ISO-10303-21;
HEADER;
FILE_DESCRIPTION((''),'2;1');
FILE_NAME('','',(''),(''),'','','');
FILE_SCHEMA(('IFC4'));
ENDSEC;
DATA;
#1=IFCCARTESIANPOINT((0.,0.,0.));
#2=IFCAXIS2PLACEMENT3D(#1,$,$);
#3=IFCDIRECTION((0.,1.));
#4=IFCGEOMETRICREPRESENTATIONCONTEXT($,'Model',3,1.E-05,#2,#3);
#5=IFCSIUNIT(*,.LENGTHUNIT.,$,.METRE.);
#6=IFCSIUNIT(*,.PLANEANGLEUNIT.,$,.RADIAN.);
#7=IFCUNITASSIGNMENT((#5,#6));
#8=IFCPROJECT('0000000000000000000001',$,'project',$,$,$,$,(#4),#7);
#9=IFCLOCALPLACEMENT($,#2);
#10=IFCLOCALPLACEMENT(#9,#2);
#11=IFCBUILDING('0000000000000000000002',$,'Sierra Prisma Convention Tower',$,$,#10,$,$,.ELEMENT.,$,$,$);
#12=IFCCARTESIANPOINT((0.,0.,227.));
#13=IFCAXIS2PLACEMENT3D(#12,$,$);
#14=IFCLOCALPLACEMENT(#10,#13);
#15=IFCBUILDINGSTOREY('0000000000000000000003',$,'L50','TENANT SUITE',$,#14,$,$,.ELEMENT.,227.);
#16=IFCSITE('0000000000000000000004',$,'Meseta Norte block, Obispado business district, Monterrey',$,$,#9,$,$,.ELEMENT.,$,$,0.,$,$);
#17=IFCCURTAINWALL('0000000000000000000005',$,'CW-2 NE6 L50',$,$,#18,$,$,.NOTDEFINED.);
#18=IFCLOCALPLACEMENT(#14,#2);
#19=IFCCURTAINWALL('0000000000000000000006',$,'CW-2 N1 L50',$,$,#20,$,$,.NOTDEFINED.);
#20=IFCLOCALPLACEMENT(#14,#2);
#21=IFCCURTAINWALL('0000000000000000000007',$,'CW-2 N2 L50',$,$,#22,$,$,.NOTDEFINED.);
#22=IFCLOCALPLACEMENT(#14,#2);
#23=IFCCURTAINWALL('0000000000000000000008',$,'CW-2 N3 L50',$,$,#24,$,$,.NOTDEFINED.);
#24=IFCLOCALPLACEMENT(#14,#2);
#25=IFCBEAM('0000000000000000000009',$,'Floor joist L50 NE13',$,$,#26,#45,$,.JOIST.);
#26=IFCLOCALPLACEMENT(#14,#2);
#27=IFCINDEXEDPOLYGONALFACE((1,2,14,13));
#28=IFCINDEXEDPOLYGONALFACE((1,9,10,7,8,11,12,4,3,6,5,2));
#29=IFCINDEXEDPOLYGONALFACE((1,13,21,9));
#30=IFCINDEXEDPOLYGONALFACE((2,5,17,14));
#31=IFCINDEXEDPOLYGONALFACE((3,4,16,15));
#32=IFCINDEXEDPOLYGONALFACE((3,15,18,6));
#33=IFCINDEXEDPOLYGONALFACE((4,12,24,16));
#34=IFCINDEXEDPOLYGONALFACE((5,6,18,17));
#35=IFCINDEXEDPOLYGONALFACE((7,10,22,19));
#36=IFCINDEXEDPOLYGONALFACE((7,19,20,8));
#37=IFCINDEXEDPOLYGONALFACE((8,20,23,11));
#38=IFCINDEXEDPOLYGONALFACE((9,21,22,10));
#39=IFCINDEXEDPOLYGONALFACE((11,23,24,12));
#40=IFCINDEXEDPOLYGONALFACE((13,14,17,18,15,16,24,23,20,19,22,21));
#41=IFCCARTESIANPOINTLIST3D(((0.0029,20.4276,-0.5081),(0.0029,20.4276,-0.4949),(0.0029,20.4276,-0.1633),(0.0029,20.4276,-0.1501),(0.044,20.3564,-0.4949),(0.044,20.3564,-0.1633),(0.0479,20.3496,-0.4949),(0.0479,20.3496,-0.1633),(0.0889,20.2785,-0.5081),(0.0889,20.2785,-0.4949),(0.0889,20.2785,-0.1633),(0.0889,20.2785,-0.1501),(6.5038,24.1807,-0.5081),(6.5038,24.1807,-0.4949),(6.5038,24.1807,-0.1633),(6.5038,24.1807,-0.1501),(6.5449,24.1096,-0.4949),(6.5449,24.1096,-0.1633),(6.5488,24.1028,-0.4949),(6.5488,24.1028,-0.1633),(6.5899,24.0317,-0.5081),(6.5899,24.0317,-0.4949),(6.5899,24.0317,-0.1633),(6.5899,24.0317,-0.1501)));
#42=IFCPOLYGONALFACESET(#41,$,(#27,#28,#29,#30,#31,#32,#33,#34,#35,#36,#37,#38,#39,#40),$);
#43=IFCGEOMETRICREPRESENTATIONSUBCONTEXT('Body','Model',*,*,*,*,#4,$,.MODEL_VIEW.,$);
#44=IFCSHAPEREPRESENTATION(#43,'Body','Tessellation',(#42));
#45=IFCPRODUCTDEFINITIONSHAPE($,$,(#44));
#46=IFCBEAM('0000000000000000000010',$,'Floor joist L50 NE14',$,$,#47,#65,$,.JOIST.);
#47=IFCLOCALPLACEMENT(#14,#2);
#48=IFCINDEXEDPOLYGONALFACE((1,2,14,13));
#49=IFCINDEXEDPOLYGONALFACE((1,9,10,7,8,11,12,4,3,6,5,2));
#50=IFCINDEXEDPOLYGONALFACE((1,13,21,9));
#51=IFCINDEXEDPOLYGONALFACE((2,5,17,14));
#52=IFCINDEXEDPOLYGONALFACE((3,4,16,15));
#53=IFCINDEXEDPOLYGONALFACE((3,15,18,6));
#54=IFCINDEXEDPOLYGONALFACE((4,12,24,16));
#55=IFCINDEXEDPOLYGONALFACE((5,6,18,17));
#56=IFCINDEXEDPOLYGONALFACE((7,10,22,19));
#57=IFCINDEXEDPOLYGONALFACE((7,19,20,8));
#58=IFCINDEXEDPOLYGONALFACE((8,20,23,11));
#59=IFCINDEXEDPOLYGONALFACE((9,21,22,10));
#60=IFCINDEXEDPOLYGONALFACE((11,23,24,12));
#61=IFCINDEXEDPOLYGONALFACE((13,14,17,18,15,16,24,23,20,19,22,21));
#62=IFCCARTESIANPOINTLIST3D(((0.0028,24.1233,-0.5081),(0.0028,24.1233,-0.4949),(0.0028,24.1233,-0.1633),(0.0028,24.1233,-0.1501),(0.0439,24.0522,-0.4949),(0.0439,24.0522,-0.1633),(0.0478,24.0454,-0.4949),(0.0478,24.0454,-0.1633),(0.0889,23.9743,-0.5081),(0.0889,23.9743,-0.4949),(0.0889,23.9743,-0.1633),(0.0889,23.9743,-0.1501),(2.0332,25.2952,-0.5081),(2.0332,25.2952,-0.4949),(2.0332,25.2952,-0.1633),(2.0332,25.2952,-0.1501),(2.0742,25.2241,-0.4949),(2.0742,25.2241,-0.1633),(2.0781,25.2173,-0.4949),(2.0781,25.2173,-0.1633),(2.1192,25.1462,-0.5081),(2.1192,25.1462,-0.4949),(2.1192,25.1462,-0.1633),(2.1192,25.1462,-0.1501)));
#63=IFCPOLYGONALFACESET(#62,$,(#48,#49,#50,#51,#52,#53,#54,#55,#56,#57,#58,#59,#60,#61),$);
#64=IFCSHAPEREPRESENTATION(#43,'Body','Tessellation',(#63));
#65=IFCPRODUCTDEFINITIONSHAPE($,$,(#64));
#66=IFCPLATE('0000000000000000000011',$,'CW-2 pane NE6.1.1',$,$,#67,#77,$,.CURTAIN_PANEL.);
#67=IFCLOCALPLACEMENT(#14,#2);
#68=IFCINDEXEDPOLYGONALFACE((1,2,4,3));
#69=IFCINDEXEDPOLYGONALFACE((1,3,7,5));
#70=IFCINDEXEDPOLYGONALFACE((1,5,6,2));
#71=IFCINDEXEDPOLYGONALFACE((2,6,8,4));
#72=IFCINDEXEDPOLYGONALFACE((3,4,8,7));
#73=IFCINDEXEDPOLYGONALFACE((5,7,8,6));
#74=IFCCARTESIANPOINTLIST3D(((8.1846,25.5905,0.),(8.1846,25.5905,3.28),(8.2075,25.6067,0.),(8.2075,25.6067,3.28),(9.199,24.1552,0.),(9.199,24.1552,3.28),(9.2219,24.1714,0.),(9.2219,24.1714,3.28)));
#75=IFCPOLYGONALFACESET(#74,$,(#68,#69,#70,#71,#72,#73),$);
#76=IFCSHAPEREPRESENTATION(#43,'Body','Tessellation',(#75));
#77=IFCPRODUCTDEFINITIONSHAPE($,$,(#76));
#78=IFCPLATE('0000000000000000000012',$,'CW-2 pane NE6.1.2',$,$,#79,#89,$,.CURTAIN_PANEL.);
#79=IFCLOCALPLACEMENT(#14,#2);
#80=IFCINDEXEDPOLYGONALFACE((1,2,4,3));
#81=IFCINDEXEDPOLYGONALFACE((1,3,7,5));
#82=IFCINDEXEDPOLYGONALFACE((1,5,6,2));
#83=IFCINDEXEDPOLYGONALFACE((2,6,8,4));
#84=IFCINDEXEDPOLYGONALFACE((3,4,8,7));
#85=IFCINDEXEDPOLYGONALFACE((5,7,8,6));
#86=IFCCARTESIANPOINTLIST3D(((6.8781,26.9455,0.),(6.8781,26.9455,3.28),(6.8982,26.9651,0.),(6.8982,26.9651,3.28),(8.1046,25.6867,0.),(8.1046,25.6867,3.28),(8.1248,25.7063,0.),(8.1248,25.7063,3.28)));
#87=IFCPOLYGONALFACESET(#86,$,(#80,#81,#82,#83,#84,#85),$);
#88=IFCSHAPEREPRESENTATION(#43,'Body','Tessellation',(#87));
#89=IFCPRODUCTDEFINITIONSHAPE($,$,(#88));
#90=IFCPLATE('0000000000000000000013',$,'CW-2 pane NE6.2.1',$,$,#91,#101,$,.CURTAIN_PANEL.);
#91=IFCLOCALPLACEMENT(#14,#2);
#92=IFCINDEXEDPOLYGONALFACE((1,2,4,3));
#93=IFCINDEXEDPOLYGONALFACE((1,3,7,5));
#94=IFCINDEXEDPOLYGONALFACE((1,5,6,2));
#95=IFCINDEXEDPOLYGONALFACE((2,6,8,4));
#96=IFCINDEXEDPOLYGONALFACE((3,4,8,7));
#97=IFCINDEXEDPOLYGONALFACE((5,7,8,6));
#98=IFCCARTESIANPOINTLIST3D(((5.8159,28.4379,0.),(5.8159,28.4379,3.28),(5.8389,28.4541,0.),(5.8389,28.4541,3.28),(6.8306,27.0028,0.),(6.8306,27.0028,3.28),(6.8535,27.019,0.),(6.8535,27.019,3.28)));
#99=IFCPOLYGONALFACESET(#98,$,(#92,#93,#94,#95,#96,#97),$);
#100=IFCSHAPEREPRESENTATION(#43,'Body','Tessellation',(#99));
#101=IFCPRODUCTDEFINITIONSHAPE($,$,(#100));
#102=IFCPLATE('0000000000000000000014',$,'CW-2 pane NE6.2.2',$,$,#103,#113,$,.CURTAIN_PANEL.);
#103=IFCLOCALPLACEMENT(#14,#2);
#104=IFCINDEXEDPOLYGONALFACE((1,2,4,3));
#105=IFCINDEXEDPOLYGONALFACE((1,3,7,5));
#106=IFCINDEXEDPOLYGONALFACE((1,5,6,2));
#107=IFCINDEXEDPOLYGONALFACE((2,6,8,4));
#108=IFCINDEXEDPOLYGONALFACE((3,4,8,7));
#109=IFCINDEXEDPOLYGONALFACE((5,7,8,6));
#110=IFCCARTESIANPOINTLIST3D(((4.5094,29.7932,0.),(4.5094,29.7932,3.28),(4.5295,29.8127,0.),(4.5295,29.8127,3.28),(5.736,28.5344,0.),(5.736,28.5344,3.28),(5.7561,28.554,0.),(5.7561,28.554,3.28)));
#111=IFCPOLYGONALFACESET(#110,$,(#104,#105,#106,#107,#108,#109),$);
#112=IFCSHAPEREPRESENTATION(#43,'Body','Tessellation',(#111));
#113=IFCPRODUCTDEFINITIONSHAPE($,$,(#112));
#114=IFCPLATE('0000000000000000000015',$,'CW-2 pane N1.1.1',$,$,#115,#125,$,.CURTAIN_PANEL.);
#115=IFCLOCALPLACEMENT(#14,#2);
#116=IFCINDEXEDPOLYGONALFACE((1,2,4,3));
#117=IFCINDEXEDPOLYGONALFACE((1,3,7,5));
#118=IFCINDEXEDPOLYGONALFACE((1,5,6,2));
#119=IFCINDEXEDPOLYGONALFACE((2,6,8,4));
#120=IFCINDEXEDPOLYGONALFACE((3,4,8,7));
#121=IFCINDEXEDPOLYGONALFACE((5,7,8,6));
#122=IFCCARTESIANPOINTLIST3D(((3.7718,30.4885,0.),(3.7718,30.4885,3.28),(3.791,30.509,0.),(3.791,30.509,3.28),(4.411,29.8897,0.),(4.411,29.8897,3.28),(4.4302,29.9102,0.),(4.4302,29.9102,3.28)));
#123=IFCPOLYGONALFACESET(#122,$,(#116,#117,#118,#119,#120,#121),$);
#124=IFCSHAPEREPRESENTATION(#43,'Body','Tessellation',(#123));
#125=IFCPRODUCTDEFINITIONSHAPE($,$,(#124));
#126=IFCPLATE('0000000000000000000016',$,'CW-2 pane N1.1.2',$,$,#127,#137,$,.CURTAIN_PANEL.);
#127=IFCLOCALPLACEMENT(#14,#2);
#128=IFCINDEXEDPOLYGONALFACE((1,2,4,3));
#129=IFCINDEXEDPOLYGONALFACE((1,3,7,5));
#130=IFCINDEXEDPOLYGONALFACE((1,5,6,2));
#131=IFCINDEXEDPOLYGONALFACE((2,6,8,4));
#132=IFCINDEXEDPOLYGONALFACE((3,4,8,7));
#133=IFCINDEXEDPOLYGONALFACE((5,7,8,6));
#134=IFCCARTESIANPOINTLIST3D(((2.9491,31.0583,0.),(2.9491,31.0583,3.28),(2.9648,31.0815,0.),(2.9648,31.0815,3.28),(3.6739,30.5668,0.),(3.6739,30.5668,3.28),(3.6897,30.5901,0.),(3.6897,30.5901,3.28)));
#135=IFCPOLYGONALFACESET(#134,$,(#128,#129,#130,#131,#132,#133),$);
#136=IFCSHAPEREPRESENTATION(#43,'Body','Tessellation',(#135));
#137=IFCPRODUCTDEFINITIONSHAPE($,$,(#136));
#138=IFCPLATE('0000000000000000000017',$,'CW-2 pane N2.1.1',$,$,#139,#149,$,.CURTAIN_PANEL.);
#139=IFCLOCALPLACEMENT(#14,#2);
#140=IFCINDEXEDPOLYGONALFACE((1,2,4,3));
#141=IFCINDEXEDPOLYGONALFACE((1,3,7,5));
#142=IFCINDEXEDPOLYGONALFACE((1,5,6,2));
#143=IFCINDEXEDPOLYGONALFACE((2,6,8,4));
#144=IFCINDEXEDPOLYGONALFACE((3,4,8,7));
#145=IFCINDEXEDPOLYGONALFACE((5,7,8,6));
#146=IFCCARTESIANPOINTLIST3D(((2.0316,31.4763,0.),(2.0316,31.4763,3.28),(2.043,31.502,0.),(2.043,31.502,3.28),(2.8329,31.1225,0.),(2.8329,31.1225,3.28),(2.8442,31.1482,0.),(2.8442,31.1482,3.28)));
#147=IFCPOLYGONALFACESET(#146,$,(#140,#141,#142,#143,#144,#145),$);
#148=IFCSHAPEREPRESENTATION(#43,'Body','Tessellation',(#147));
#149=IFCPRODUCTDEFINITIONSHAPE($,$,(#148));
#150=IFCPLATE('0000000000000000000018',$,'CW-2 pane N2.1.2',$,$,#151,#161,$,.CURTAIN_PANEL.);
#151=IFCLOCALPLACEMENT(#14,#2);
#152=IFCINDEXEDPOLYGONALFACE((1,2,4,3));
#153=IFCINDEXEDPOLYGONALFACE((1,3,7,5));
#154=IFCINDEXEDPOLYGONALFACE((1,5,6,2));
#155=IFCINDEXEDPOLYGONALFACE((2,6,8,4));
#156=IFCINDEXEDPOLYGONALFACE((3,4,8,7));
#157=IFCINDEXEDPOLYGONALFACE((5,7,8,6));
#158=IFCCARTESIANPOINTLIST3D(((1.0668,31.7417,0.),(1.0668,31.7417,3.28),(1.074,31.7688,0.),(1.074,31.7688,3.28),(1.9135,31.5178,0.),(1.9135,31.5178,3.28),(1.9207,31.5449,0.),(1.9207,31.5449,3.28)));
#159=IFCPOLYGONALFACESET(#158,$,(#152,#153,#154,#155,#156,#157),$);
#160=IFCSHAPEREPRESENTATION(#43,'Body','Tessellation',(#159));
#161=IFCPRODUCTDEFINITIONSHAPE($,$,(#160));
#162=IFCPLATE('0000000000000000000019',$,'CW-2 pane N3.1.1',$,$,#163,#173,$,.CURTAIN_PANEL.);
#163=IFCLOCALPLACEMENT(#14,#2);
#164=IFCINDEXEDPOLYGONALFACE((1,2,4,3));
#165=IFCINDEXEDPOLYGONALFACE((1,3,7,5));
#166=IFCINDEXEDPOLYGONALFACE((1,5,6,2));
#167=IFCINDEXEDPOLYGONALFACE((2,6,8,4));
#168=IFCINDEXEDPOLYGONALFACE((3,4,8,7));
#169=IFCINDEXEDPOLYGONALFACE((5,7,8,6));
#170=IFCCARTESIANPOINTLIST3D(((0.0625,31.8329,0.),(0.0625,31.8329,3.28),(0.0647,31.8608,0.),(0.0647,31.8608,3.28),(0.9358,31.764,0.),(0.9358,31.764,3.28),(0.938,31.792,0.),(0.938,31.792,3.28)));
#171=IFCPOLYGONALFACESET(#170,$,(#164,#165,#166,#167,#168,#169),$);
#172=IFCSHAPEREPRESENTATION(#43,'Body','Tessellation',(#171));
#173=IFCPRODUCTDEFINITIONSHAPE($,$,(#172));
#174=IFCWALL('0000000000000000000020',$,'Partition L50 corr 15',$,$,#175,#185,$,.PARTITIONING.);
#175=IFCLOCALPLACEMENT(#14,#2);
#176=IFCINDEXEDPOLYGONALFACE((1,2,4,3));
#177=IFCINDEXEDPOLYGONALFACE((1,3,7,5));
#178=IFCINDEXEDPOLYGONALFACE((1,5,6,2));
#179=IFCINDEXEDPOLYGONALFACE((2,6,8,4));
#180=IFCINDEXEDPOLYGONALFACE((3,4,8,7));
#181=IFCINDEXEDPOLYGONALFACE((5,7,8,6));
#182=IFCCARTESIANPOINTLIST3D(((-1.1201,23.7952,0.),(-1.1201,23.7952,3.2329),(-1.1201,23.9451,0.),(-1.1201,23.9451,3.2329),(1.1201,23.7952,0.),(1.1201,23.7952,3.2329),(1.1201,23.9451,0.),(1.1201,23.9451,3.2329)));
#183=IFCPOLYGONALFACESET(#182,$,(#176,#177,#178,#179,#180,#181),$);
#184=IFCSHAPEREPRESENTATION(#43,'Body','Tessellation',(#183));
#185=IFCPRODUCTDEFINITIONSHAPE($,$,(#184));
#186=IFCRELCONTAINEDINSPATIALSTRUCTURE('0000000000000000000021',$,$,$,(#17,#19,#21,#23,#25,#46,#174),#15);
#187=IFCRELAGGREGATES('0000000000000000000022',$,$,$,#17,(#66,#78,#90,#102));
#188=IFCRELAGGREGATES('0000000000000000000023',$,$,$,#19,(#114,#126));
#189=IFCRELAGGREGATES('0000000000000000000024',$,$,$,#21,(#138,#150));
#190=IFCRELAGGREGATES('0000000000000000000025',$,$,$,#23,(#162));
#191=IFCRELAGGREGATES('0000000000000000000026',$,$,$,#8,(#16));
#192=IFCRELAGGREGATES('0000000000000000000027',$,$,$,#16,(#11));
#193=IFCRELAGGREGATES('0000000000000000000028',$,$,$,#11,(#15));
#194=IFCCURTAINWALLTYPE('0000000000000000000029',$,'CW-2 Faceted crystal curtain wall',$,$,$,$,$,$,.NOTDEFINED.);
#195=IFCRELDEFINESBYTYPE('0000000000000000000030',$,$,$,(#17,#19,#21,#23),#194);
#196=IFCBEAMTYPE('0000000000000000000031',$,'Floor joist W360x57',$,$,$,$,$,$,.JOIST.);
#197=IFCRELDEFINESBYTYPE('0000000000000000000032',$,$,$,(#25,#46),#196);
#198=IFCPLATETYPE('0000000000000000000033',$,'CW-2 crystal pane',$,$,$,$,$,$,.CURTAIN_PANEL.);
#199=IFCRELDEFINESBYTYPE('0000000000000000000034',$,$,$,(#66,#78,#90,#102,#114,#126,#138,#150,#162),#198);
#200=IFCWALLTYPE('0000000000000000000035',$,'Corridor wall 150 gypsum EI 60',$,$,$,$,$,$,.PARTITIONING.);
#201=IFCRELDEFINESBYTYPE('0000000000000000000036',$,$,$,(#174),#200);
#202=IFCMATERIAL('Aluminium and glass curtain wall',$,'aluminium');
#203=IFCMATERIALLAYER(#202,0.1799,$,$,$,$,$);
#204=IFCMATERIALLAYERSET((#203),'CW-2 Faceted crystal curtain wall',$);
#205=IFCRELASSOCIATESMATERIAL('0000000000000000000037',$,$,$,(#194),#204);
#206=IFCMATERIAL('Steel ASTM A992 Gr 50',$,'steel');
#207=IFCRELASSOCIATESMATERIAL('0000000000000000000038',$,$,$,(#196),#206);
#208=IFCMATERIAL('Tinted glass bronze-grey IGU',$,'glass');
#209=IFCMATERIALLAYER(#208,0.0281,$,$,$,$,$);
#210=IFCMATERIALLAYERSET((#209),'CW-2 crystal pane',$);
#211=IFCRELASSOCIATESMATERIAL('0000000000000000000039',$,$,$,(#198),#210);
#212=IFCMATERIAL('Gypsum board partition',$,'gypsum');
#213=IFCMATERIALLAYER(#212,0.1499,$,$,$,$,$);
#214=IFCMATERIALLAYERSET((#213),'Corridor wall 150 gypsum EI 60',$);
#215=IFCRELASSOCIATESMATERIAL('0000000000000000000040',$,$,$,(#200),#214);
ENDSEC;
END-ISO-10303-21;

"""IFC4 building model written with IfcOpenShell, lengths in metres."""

from ifc_helpers import new_model, si_unit, direction, frame, frame_2d, origin, origin_2d, place, context, subcontext, project, spatial, polyline, rectangle, i_section, outline, extrude, material, layer, layer_set, material_profile, profile_set, type_object, element, aggregate, save


model = new_model("IFC4")

# Units and contexts
model_context = context("Model", 3, precision=1e-05, world=origin(), true_north=direction((0.0, 1.0)))
body_context = subcontext(model_context, "Body", "Model", "MODEL_VIEW")
ifc_project = project(units=[si_unit("LENGTHUNIT", "METRE"), si_unit("PLANEANGLEUNIT", "RADIAN")], contexts=[model_context])

# Site, building, storey
site_placement = place(None, origin())
site = spatial("IfcSite", under=ifc_project, at=site_placement, Name="Meseta Norte block, Obispado business district, Monterrey", CompositionType="ELEMENT", RefElevation=0.0)
building_placement = place(site_placement, origin())
building = spatial("IfcBuilding", under=site, at=building_placement, Name="Sierra Prisma Convention Tower", CompositionType="ELEMENT")
storey_placement = place(building_placement, frame((0.0, 0.0, 227.0)))
storey = spatial("IfcBuildingStorey", under=building, at=storey_placement, Name="L50", Description="TENANT SUITE", CompositionType="ELEMENT", Elevation=227.0)

# Curtain wall
ifc_material_1 = material(Name="Aluminium and glass curtain wall", Category="aluminium")
ifc_layer_1 = layer(ifc_material_1, 0.1799)
ifc_layer_set_1 = layer_set([ifc_layer_1], Name="CW-2 Faceted crystal curtain wall")
curtain_wall_type = type_object("IfcCurtainWallType", Name="CW-2 Faceted crystal curtain wall", PredefinedType="NOTDEFINED", material=ifc_layer_set_1)
curtain_wall_1_placement = place(storey_placement, origin())
curtain_wall_1 = element("IfcCurtainWall", 1, at=curtain_wall_1_placement, inside=storey, type_object=curtain_wall_type, Name="CW-2 NE6 L50", PredefinedType="NOTDEFINED")

# Curtain walls
curtain_wall_2_placement = place(storey_placement, origin())
curtain_wall_2 = element("IfcCurtainWall", 2, at=curtain_wall_2_placement, inside=storey, type_object=curtain_wall_type, Name="CW-2 N1 L50", PredefinedType="NOTDEFINED")
curtain_wall_3_placement = place(storey_placement, origin())
curtain_wall_3 = element("IfcCurtainWall", 3, at=curtain_wall_3_placement, inside=storey, type_object=curtain_wall_type, Name="CW-2 N2 L50", PredefinedType="NOTDEFINED")

# Curtain wall
curtain_wall_4_placement = place(storey_placement, origin())
curtain_wall_4 = element("IfcCurtainWall", 4, at=curtain_wall_4_placement, inside=storey, type_object=curtain_wall_type, Name="CW-2 N3 L50", PredefinedType="NOTDEFINED")

# Beams
ifc_material_2 = material(Name="Steel ASTM A992 Gr 50", Category="steel")
ifc_material_profile_1 = material_profile(ifc_material_2, i_section(OverallWidth=0.1721, OverallDepth=0.3579, WebThickness=0.0078, FlangeThickness=0.0132, at=origin_2d()), Name="W360x57")
ifc_profile_set_1 = profile_set([ifc_material_profile_1], Name="Steel ASTM A992 Gr 50")
beam_type = type_object("IfcBeamType", Name="Floor joist W360x57", PredefinedType="JOIST", material=ifc_profile_set_1)
beam_1_placement = place(storey_placement, frame((6.5469, 24.1062, -0.3291), z_axis=(-0.866035, -0.499983, 0.0), x_axis=(0.499983, -0.866035, 0.0)))
element("IfcBeam", 5, at=beam_1_placement, inside=storey, type_object=beam_type, Name="Floor joist L50 NE13", PredefinedType="JOIST", context=body_context, shape_type="SweptSolid", body=[
    extrude(i_section(OverallWidth=0.1721, OverallDepth=0.3579, WebThickness=0.0078, FlangeThickness=0.0132, at=origin_2d()), origin(), (0.0, 0.0, 1.0), 7.5066),
])
beam_2_placement = place(storey_placement, frame((2.0762, 25.2207, -0.3291), z_axis=(-0.866082, -0.499903, 0.0), x_axis=(0.499903, -0.866082, 0.0)))
element("IfcBeam", 6, at=beam_2_placement, inside=storey, type_object=beam_type, Name="Floor joist L50 NE14", PredefinedType="JOIST", context=body_context, shape_type="SweptSolid", body=[
    extrude(i_section(OverallWidth=0.1721, OverallDepth=0.3579, WebThickness=0.0078, FlangeThickness=0.0132, at=origin_2d()), origin(), (0.0, 0.0, 1.0), 2.3442),
])

# Plates
ifc_material_3 = material(Name="Tinted glass bronze-grey IGU", Category="glass")
ifc_layer_2 = layer(ifc_material_3, 0.0281)
ifc_layer_set_2 = layer_set([ifc_layer_2], Name="CW-2 crystal pane")
plate_type = type_object("IfcPlateType", Name="CW-2 crystal pane", PredefinedType="CURTAIN_PANEL", material=ifc_layer_set_2)
plate_1_placement = place(storey_placement, frame((9.2219, 24.1714, 0.0), z_axis=(0.816633, 0.577158, 0.0), x_axis=(-0.577158, 0.816633, 0.0)))
plate_1 = element("IfcPlate", 7, at=plate_1_placement, type_object=plate_type, Name="CW-2 pane NE6.1.1", PredefinedType="CURTAIN_PANEL", context=body_context, shape_type="SweptSolid", body=[
    extrude(outline(polyline([(0.0, 0.0), (1.7576, 0.0), (1.7576, 3.28), (0.0, 3.28), (0.0, 0.0)])), origin(), (0.0, 0.0, -1.0), 0.0281),
])
plate_2_placement = place(storey_placement, frame((6.8982, 26.9651, 0.0), z_axis=(0.716215, 0.697879, 0.0), x_axis=(0.697879, -0.716215, 0.0)))
plate_2 = element("IfcPlate", 8, at=plate_2_placement, type_object=plate_type, Name="CW-2 pane NE6.1.2", PredefinedType="CURTAIN_PANEL", context=body_context, shape_type="SweptSolid", body=[
    extrude(outline(polyline([(0.0, 0.0), (1.7576, 0.0), (1.7576, -3.28), (0.0, -3.28), (0.0, 0.0)])), origin(), (0.0, 0.0, -1.0), 0.0281),
])
plate_3_placement = place(storey_placement, frame((6.8535, 27.019, 0.0), z_axis=(0.816521, 0.577316, 0.0), x_axis=(-0.577316, 0.816521, 0.0)))
plate_3 = element("IfcPlate", 9, at=plate_3_placement, type_object=plate_type, Name="CW-2 pane NE6.2.1", PredefinedType="CURTAIN_PANEL", context=body_context, shape_type="SweptSolid", body=[
    extrude(outline(polyline([(0.0, 0.0), (1.7575, 0.0), (1.7575, 3.28), (0.0, 3.28), (0.0, 0.0)])), origin(), (0.0, 0.0, -1.0), 0.0281),
])
plate_4_placement = place(storey_placement, frame((4.5295, 29.8127, 0.0), z_axis=(0.716215, 0.697879, 0.0), x_axis=(0.697879, -0.716215, 0.0)))
plate_4 = element("IfcPlate", 10, at=plate_4_placement, type_object=plate_type, Name="CW-2 pane NE6.2.2", PredefinedType="CURTAIN_PANEL", context=body_context, shape_type="SweptSolid", body=[
    extrude(outline(polyline([(0.0, 0.0), (1.7576, 0.0), (1.7576, -3.28), (0.0, -3.28), (0.0, 0.0)])), origin(), (0.0, 0.0, -1.0), 0.0281),
])
aggregate(curtain_wall_1, [plate_1, plate_2, plate_3, plate_4])
plate_5_placement = place(storey_placement, frame((4.4302, 29.9102, 0.0), z_axis=(0.683737, 0.729728, 0.0), x_axis=(-0.729728, 0.683737, 0.0)))
plate_5 = element("IfcPlate", 11, at=plate_5_placement, type_object=plate_type, Name="CW-2 pane N1.1.1", PredefinedType="CURTAIN_PANEL", context=body_context, shape_type="SweptSolid", body=[
    extrude(outline(polyline([(0.0, 0.0), (0.8759, 0.0), (0.8759, 3.28), (0.0, 3.28), (0.0, 0.0)])), origin(), (0.0, 0.0, -1.0), 0.0281),
])
plate_6_placement = place(storey_placement, frame((2.9648, 31.0815, 0.0), z_axis=(0.561181, 0.827693, 0.0), x_axis=(0.827693, -0.561181, 0.0)))
plate_6 = element("IfcPlate", 12, at=plate_6_placement, type_object=plate_type, Name="CW-2 pane N1.1.2", PredefinedType="CURTAIN_PANEL", context=body_context, shape_type="SweptSolid", body=[
    extrude(outline(polyline([(0.0, 0.0), (0.8758, 0.0), (0.8758, -3.28), (0.0, -3.28), (0.0, 0.0)])), origin(), (0.0, 0.0, -1.0), 0.0281),
])
aggregate(curtain_wall_2, [plate_5, plate_6])
plate_7_placement = place(storey_placement, frame((2.8442, 31.1482, 0.0), z_axis=(0.403887, 0.914809, 0.0), x_axis=(-0.914809, 0.403887, 0.0)))
plate_7 = element("IfcPlate", 13, at=plate_7_placement, type_object=plate_type, Name="CW-2 pane N2.1.1", PredefinedType="CURTAIN_PANEL", context=body_context, shape_type="SweptSolid", body=[
    extrude(outline(polyline([(0.0, 0.0), (0.8759, 0.0), (0.8759, 3.28), (0.0, 3.28), (0.0, 0.0)])), origin(), (0.0, 0.0, -1.0), 0.0281),
])
plate_8_placement = place(storey_placement, frame((1.074, 31.7688, 0.0), z_axis=(0.255632, 0.966774, 0.0), x_axis=(0.966774, -0.255632, 0.0)))
plate_8 = element("IfcPlate", 14, at=plate_8_placement, type_object=plate_type, Name="CW-2 pane N2.1.2", PredefinedType="CURTAIN_PANEL", context=body_context, shape_type="SweptSolid", body=[
    extrude(outline(polyline([(0.0, 0.0), (0.8758, 0.0), (0.8758, -3.28), (0.0, -3.28), (0.0, 0.0)])), origin(), (0.0, 0.0, -1.0), 0.0281),
])
aggregate(curtain_wall_3, [plate_7, plate_8])
plate_9_placement = place(storey_placement, frame((0.938, 31.792, 0.0), z_axis=(0.078593, 0.996907, 0.0), x_axis=(-0.996907, 0.078593, 0.0)))
plate_9 = element("IfcPlate", 15, at=plate_9_placement, type_object=plate_type, Name="CW-2 pane N3.1.1", PredefinedType="CURTAIN_PANEL", context=body_context, shape_type="SweptSolid", body=[
    extrude(outline(polyline([(0.0, 0.0), (0.876, 0.0), (0.876, 3.28), (0.0, 3.28), (0.0, 0.0)])), origin(), (0.0, 0.0, -1.0), 0.0281),
])
aggregate(curtain_wall_4, [plate_9])

# Wall
ifc_material_4 = material(Name="Gypsum board partition", Category="gypsum")
ifc_layer_3 = layer(ifc_material_4, 0.1499)
ifc_layer_set_3 = layer_set([ifc_layer_3], Name="Corridor wall 150 gypsum EI 60")
wall_type = type_object("IfcWallType", Name="Corridor wall 150 gypsum EI 60", PredefinedType="PARTITIONING", material=ifc_layer_set_3)
wall_placement = place(storey_placement, frame((1.1201, 23.8701, 0.0), z_axis=(0.0, 0.0, 1.0), x_axis=(-1.0, 0.0, 0.0)))
element("IfcWall", 16, at=wall_placement, inside=storey, type_object=wall_type, Name="Partition L50 corr 15", PredefinedType="PARTITIONING", context=body_context, shape_type="SweptSolid", body=[
    extrude(rectangle(XDim=2.2402, YDim=0.1499, at=frame_2d((1.1201, 0.0))), origin(), (0.0, 0.0, 1.0), 3.2329),
])

save(model, "model.ifc")
